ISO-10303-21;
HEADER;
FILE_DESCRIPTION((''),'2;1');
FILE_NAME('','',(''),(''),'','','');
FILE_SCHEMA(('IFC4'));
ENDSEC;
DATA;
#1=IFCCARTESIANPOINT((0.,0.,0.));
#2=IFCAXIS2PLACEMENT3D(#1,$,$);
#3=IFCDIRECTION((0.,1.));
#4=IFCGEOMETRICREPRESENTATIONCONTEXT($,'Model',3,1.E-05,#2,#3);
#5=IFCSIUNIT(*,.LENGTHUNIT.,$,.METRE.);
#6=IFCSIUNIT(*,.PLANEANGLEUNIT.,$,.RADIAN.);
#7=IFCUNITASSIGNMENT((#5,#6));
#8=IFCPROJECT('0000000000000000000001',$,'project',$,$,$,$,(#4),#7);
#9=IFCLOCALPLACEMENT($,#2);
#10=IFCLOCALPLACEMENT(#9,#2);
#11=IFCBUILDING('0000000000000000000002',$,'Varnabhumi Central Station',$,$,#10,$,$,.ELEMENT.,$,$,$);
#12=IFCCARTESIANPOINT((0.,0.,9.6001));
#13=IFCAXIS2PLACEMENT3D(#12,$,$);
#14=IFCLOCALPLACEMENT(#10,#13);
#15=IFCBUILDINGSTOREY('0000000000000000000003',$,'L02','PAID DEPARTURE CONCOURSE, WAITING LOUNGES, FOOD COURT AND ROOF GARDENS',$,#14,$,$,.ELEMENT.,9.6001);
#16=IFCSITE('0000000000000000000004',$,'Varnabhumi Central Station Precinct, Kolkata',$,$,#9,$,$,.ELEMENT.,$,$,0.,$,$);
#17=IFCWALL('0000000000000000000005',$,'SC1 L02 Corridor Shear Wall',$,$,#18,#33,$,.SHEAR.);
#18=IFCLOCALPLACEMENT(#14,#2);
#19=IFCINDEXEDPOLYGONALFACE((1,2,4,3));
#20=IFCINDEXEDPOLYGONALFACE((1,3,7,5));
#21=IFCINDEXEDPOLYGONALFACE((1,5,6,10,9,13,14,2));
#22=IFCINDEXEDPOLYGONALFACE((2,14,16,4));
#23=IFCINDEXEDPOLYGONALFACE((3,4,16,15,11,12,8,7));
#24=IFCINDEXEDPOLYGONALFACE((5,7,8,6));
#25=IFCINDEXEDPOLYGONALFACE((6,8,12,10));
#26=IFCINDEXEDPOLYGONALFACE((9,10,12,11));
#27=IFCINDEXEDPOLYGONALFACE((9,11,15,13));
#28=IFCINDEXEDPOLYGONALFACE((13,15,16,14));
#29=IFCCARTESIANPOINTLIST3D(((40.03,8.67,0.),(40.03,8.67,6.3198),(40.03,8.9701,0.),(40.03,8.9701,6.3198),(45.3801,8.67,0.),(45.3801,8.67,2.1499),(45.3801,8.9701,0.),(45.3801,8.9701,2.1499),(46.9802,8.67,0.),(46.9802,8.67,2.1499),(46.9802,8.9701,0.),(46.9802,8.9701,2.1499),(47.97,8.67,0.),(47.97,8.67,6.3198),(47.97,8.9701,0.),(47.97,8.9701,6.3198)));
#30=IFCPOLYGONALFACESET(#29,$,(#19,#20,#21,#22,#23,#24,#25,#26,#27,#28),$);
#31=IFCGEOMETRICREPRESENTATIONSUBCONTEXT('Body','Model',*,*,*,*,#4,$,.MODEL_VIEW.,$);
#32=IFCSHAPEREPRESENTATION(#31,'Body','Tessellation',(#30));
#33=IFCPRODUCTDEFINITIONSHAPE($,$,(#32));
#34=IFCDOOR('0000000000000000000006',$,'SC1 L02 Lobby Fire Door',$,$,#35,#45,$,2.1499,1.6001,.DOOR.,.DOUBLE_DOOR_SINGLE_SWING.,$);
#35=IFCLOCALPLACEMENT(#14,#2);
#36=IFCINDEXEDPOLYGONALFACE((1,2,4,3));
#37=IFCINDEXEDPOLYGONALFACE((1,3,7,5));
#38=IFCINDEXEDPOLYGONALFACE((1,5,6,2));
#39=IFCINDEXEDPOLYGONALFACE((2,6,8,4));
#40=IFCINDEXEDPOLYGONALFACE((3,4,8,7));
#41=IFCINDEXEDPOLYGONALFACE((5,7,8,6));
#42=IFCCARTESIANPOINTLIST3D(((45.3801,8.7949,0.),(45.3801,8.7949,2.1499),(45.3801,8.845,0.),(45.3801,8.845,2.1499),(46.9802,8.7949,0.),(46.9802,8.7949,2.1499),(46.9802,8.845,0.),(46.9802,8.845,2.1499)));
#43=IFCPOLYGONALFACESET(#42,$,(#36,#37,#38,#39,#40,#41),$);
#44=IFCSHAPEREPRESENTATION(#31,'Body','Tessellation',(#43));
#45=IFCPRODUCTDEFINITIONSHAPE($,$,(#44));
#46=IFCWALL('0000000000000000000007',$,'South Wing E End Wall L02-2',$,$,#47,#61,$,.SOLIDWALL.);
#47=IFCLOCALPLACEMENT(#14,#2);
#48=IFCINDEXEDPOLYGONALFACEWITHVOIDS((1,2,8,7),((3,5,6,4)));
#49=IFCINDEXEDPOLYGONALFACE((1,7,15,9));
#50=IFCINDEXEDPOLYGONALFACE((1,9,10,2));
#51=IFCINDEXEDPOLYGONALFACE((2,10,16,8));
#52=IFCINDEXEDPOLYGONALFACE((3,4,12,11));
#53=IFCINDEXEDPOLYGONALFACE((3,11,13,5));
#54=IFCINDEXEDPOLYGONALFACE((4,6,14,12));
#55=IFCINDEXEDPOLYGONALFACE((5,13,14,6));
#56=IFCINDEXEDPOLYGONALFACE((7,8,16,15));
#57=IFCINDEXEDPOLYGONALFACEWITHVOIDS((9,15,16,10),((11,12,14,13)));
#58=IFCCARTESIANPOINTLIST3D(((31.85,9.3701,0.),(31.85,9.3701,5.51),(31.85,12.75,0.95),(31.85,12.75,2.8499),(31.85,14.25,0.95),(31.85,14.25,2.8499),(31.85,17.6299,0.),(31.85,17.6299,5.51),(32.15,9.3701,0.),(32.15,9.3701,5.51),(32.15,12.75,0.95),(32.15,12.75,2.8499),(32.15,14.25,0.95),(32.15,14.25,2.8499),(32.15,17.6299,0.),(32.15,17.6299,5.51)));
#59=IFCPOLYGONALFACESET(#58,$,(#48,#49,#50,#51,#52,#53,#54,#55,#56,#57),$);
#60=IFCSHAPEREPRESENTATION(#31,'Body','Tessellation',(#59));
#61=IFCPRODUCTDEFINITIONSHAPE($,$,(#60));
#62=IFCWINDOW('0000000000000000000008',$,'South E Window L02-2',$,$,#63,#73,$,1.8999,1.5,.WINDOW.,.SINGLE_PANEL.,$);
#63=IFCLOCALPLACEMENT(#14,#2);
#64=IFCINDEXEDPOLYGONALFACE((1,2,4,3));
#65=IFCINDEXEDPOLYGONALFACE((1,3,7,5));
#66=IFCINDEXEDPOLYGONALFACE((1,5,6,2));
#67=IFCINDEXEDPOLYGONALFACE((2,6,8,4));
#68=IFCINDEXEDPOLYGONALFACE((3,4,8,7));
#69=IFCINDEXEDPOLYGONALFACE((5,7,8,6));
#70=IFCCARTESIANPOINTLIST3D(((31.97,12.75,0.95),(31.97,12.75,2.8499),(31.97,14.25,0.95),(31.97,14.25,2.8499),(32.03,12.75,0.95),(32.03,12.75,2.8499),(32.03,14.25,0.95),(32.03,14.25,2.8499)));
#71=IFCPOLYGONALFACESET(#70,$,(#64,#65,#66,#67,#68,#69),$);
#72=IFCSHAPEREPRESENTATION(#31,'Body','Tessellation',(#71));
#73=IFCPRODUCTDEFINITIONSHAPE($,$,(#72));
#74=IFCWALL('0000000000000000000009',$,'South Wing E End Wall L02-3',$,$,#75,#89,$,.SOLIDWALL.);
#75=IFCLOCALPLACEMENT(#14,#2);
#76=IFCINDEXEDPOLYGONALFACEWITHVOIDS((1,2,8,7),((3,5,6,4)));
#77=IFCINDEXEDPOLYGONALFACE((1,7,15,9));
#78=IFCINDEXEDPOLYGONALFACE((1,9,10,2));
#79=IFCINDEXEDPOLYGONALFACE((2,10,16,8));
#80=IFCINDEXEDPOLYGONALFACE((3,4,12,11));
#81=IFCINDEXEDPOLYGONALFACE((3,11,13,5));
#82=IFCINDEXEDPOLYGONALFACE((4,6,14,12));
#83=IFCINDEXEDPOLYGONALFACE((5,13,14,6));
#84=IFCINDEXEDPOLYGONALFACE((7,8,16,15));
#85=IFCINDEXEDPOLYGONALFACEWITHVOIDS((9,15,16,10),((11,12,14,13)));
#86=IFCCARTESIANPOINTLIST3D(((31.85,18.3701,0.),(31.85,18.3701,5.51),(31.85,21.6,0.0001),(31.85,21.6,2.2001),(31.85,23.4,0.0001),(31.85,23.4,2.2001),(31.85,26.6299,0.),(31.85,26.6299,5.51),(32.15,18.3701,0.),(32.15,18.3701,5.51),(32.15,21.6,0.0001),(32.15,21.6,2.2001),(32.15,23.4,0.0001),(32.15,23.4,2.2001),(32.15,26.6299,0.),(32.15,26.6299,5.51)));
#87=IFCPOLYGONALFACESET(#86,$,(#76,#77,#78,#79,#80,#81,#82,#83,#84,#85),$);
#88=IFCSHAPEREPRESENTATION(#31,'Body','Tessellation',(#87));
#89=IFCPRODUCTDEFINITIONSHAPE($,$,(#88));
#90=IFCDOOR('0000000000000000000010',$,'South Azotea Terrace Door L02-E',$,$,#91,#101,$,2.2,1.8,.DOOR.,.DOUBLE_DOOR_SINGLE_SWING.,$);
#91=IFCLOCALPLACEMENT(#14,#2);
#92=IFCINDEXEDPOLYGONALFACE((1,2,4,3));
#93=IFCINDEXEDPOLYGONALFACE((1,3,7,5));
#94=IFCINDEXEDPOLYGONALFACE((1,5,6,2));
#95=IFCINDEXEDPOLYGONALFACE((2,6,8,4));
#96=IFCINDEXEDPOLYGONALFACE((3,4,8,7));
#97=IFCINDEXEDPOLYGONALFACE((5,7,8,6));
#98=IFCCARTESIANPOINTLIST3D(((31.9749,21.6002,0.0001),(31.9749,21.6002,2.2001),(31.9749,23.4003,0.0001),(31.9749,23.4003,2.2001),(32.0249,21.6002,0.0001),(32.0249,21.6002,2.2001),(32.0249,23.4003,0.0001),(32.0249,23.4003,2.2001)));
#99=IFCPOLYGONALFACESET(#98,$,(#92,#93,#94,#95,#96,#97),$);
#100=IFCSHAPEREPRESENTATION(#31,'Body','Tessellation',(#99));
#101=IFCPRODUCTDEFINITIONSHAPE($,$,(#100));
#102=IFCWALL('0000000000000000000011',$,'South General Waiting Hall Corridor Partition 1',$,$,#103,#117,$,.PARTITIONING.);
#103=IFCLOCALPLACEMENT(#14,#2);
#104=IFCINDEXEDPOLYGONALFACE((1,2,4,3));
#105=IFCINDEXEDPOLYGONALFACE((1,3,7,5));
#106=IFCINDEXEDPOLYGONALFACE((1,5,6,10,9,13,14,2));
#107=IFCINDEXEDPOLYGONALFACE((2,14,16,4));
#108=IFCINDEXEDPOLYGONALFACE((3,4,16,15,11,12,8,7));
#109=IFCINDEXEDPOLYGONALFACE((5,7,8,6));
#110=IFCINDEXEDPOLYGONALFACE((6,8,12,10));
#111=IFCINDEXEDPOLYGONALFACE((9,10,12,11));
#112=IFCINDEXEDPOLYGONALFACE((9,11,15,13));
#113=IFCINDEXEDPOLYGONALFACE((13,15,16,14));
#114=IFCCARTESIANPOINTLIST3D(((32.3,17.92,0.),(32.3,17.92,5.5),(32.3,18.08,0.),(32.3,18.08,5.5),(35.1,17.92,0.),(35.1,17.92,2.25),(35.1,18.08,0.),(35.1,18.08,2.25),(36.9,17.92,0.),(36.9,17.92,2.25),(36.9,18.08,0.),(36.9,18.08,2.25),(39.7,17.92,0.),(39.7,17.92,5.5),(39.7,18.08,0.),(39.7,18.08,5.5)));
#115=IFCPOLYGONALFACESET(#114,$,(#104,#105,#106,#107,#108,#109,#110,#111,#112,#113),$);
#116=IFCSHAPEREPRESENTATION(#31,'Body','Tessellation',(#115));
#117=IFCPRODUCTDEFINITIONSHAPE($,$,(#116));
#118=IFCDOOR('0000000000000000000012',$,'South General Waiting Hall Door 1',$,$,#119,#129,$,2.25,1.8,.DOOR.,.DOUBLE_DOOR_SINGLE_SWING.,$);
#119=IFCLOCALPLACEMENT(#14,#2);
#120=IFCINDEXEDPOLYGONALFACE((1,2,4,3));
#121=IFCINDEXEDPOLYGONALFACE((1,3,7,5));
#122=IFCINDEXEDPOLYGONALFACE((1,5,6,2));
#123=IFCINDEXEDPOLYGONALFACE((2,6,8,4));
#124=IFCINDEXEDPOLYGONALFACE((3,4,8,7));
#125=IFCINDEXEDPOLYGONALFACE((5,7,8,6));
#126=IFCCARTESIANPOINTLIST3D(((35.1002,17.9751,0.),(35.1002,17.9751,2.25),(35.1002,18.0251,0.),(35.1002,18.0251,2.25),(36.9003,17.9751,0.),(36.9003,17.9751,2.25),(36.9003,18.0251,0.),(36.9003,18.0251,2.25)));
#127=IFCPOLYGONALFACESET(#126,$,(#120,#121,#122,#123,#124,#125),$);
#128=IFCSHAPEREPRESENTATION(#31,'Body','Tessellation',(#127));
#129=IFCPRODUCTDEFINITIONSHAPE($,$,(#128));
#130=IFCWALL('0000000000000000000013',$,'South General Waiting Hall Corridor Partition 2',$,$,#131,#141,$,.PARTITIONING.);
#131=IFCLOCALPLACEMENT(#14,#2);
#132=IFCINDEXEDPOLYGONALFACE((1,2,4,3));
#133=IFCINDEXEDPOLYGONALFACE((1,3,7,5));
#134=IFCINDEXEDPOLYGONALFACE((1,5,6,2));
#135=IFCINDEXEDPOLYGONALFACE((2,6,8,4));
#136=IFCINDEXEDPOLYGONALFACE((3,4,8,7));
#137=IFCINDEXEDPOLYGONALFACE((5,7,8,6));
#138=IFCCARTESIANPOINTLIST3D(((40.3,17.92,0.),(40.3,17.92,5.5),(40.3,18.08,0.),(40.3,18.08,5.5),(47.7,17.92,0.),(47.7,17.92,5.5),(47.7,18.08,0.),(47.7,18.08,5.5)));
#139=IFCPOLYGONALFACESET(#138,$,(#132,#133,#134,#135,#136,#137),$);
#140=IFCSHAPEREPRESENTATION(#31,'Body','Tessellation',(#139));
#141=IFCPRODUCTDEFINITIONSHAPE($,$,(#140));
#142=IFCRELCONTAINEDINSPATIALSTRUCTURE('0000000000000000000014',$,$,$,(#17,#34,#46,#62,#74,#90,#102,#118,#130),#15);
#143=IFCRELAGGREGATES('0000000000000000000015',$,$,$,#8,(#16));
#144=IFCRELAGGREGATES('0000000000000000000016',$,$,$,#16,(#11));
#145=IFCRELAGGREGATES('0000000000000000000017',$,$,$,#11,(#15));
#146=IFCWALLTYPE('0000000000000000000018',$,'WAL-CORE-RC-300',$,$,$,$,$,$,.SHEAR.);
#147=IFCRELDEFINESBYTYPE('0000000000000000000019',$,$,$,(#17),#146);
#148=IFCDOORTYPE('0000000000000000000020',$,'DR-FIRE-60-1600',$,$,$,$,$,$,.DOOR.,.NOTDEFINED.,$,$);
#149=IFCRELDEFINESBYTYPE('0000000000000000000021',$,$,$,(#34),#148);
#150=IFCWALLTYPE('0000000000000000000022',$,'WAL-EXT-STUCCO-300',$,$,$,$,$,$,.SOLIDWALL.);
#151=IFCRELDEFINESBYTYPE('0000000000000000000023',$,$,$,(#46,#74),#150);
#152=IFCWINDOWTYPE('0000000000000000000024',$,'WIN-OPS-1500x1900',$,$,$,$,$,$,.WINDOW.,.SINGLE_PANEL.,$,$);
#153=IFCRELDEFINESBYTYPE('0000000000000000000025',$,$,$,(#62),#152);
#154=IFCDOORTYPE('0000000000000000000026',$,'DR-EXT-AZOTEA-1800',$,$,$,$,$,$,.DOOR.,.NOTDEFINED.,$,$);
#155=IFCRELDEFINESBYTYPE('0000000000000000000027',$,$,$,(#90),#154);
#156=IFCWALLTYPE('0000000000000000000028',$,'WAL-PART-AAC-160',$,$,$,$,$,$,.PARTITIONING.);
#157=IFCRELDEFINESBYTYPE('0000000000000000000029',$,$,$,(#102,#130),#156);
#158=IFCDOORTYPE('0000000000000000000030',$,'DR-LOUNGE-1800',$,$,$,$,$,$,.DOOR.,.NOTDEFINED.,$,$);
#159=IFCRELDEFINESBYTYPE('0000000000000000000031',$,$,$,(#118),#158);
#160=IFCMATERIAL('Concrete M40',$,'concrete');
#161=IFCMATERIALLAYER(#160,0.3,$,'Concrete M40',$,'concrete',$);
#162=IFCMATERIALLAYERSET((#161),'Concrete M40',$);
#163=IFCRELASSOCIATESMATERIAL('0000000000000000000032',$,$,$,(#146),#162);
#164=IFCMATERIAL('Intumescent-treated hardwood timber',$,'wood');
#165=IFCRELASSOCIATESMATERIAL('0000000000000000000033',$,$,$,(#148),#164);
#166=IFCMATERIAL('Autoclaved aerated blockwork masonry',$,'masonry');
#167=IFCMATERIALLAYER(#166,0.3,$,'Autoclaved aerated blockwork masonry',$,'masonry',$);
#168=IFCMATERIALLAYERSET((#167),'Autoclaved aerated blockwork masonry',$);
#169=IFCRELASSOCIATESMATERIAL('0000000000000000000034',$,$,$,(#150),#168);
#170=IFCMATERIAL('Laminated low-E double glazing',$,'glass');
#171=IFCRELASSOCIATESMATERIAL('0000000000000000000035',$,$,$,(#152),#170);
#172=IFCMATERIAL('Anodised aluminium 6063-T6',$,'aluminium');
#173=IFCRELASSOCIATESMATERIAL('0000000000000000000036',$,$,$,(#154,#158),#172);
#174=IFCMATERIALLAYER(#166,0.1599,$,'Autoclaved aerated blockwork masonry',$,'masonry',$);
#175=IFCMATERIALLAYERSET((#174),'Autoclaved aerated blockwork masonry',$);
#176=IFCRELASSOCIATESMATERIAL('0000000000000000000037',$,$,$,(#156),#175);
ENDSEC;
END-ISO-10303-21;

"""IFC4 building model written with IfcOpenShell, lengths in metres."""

from ifc_helpers import new_model, si_unit, direction, frame, frame_2d, origin, place, context, subcontext, project, spatial, rectangle, extrude, material, layer, layer_set, type_object, element, fill, save


model = new_model("IFC4")

# Units and contexts
model_context = context("Model", 3, precision=1e-05, world=origin(), true_north=direction((0.0, 1.0)))
body_context = subcontext(model_context, "Body", "Model", "MODEL_VIEW")
ifc_project = project(units=[si_unit("LENGTHUNIT", "METRE"), si_unit("PLANEANGLEUNIT", "RADIAN")], contexts=[model_context])

# Site, building, storey
site_placement = place(None, origin())
site = spatial("IfcSite", under=ifc_project, at=site_placement, Name="Varnabhumi Central Station Precinct, Kolkata", CompositionType="ELEMENT", RefElevation=0.0)
building_placement = place(site_placement, origin())
building = spatial("IfcBuilding", under=site, at=building_placement, Name="Varnabhumi Central Station", CompositionType="ELEMENT")
storey_placement = place(building_placement, frame((0.0, 0.0, 9.6001)))
storey = spatial("IfcBuildingStorey", under=building, at=storey_placement, Name="L02", Description="PAID DEPARTURE CONCOURSE, WAITING LOUNGES, FOOD COURT AND ROOF GARDENS", CompositionType="ELEMENT", Elevation=9.6001)

# Shared definitions
ifc_material_1 = material(Name="Concrete M40", Category="concrete")

# Wall, opening, door
ifc_layer_1 = layer(ifc_material_1, 0.3, Name="Concrete M40", Category="concrete")
ifc_layer_set_1 = layer_set([ifc_layer_1], Name="Concrete M40")
wall_type_1 = type_object("IfcWallType", Name="WAL-CORE-RC-300", PredefinedType="SHEAR", material=ifc_layer_set_1)
wall_1_placement = place(storey_placement, frame((40.03, 8.8201, 0.0), z_axis=(0.0, 0.0, 1.0), x_axis=(1.0, 0.0, 0.0)))
wall_1 = element("IfcWall", 1, at=wall_1_placement, inside=storey, type_object=wall_type_1, Name="SC1 L02 Corridor Shear Wall", PredefinedType="SHEAR", context=body_context, shape_type="SweptSolid", body=[
    extrude(rectangle(XDim=7.9399, YDim=0.3, at=frame_2d((3.97, 0.0))), origin(), (0.0, 0.0, 1.0), 6.3198),
])
opening_1_placement = place(wall_1_placement, frame((5.3501, 0.0, 0.0)))
opening_1 = element("IfcOpeningElement", 2, at=opening_1_placement, cuts=wall_1, PredefinedType="OPENING", context=body_context, shape_type="SweptSolid", body=[
    extrude(rectangle(XDim=1.6001, YDim=2.1499, at=frame_2d((0.8, 1.075))), frame((0.0, 0.1599, 0.0), z_axis=(0.0, -1.0, 0.0), x_axis=(1.0, 0.0, 0.0)), (0.0, 0.0, 1.0), 0.3201),
])
ifc_material_2 = material(Name="Intumescent-treated hardwood timber", Category="wood")
door_type_1 = type_object("IfcDoorType", Name="DR-FIRE-60-1600", OperationType="NOTDEFINED", PredefinedType="DOOR", material=ifc_material_2)
door_1_placement = place(opening_1_placement, origin())
door_1 = element("IfcDoor", 3, at=door_1_placement, inside=storey, type_object=door_type_1, Name="SC1 L02 Lobby Fire Door", OperationType="DOUBLE_DOOR_SINGLE_SWING", OverallHeight=2.1499, OverallWidth=1.6001, PredefinedType="DOOR", context=body_context, shape_type="SweptSolid", body=[
    extrude(rectangle(XDim=1.6001, YDim=2.1499, at=frame_2d((0.8, 1.075))), frame((0.0, 0.0249, 0.0), z_axis=(0.0, -1.0, 0.0), x_axis=(1.0, 0.0, 0.0)), (0.0, 0.0, 1.0), 0.05),
])
fill(opening_1, door_1)

# Wall, opening, window
ifc_material_3 = material(Name="Autoclaved aerated blockwork masonry", Category="masonry")
ifc_layer_2 = layer(ifc_material_3, 0.3, Name="Autoclaved aerated blockwork masonry", Category="masonry")
ifc_layer_set_2 = layer_set([ifc_layer_2], Name="Autoclaved aerated blockwork masonry")
wall_type_2 = type_object("IfcWallType", Name="WAL-EXT-STUCCO-300", PredefinedType="SOLIDWALL", material=ifc_layer_set_2)
wall_2_placement = place(storey_placement, frame((32.0, 9.3701, 0.0), z_axis=(0.0, 0.0, 1.0), x_axis=(0.0, 1.0, 0.0)))
wall_2 = element("IfcWall", 4, at=wall_2_placement, inside=storey, type_object=wall_type_2, Name="South Wing E End Wall L02-2", PredefinedType="SOLIDWALL", context=body_context, shape_type="SweptSolid", body=[
    extrude(rectangle(XDim=8.2598, YDim=0.3, at=frame_2d((4.1299, 0.0))), origin(), (0.0, 0.0, 1.0), 5.51),
])
opening_2_placement = place(wall_2_placement, frame((3.3799, 0.0, 0.95)))
opening_2 = element("IfcOpeningElement", 5, at=opening_2_placement, cuts=wall_2, PredefinedType="OPENING", context=body_context, shape_type="SweptSolid", body=[
    extrude(rectangle(XDim=1.5, YDim=1.8999, at=frame_2d((0.75, 0.95))), frame((0.0, 0.1599, 0.0), z_axis=(0.0, -1.0, 0.0), x_axis=(1.0, 0.0, 0.0)), (0.0, 0.0, 1.0), 0.3201),
])
ifc_material_4 = material(Name="Laminated low-E double glazing", Category="glass")
window_type = type_object("IfcWindowType", Name="WIN-OPS-1500x1900", PartitioningType="SINGLE_PANEL", PredefinedType="WINDOW", material=ifc_material_4)
window_placement = place(opening_2_placement, origin())
window = element("IfcWindow", 6, at=window_placement, inside=storey, type_object=window_type, Name="South E Window L02-2", OverallHeight=1.8999, OverallWidth=1.5, PartitioningType="SINGLE_PANEL", PredefinedType="WINDOW", context=body_context, shape_type="SweptSolid", body=[
    extrude(rectangle(XDim=1.5, YDim=1.8999, at=frame_2d((0.75, 0.95))), frame((0.0, 0.03, 0.0), z_axis=(0.0, -1.0, 0.0), x_axis=(1.0, 0.0, 0.0)), (0.0, 0.0, 1.0), 0.0601),
])
fill(opening_2, window)

# Walls, openings, doors
wall_3_placement = place(storey_placement, frame((32.0, 18.3701, 0.0), z_axis=(0.0, 0.0, 1.0), x_axis=(0.0, 1.0, 0.0)))
wall_3 = element("IfcWall", 7, at=wall_3_placement, inside=storey, type_object=wall_type_2, Name="South Wing E End Wall L02-3", PredefinedType="SOLIDWALL", context=body_context, shape_type="SweptSolid", body=[
    extrude(rectangle(XDim=8.2598, YDim=0.3, at=frame_2d((4.1299, 0.0))), origin(), (0.0, 0.0, 1.0), 5.51),
])
opening_3_placement = place(wall_3_placement, frame((3.23, 0.0, 0.0)))
opening_3 = element("IfcOpeningElement", 8, at=opening_3_placement, cuts=wall_3, PredefinedType="OPENING", context=body_context, shape_type="SweptSolid", body=[
    extrude(rectangle(XDim=1.8, YDim=2.2, at=frame_2d((0.8999, 1.1001))), frame((0.0, 0.1599, 0.0), z_axis=(0.0, -1.0, 0.0), x_axis=(1.0, 0.0, 0.0)), (0.0, 0.0, 1.0), 0.3201),
])
ifc_material_5 = material(Name="Anodised aluminium 6063-T6", Category="aluminium")
door_type_2 = type_object("IfcDoorType", Name="DR-EXT-AZOTEA-1800", OperationType="NOTDEFINED", PredefinedType="DOOR", material=ifc_material_5)
door_2_placement = place(opening_3_placement, frame((1.8, 0.0, 0.0), z_axis=(0.0, 0.0, 1.0), x_axis=(-1.0, 0.0, 0.0)))
door_2 = element("IfcDoor", 9, at=door_2_placement, inside=storey, type_object=door_type_2, Name="South Azotea Terrace Door L02-E", OperationType="DOUBLE_DOOR_SINGLE_SWING", OverallHeight=2.2, OverallWidth=1.8, PredefinedType="DOOR", context=body_context, shape_type="SweptSolid", body=[
    extrude(rectangle(XDim=1.8, YDim=2.2, at=frame_2d((0.8999, 1.1001))), frame((0.0, 0.0249, 0.0), z_axis=(0.0, -1.0, 0.0), x_axis=(1.0, 0.0, 0.0)), (0.0, 0.0, 1.0), 0.05),
])
fill(opening_3, door_2)
ifc_layer_3 = layer(ifc_material_3, 0.1599, Name="Autoclaved aerated blockwork masonry", Category="masonry")
ifc_layer_set_3 = layer_set([ifc_layer_3], Name="Autoclaved aerated blockwork masonry")
wall_type_3 = type_object("IfcWallType", Name="WAL-PART-AAC-160", PredefinedType="PARTITIONING", material=ifc_layer_set_3)
wall_4_placement = place(storey_placement, frame((32.3, 18.0, 0.0), z_axis=(0.0, 0.0, 1.0), x_axis=(1.0, 0.0, 0.0)))
wall_4 = element("IfcWall", 10, at=wall_4_placement, inside=storey, type_object=wall_type_3, Name="South General Waiting Hall Corridor Partition 1", PredefinedType="PARTITIONING", context=body_context, shape_type="SweptSolid", body=[
    extrude(rectangle(XDim=7.3999, YDim=0.1599, at=frame_2d((3.7, 0.0))), origin(), (0.0, 0.0, 1.0), 5.5),
])
opening_4_placement = place(wall_4_placement, frame((2.8, 0.0, 0.0)))
opening_4 = element("IfcOpeningElement", 11, at=opening_4_placement, cuts=wall_4, PredefinedType="OPENING", context=body_context, shape_type="SweptSolid", body=[
    extrude(rectangle(XDim=1.8, YDim=2.25, at=frame_2d((0.8999, 1.125))), frame((0.0, 0.0898, 0.0), z_axis=(0.0, -1.0, 0.0), x_axis=(1.0, 0.0, 0.0)), (0.0, 0.0, 1.0), 0.1799),
])
door_type_3 = type_object("IfcDoorType", Name="DR-LOUNGE-1800", OperationType="NOTDEFINED", PredefinedType="DOOR", material=ifc_material_5)
door_3_placement = place(opening_4_placement, frame((1.8, 0.0, 0.0), z_axis=(0.0, 0.0, 1.0), x_axis=(-1.0, 0.0, 0.0)))
door_3 = element("IfcDoor", 12, at=door_3_placement, inside=storey, type_object=door_type_3, Name="South General Waiting Hall Door 1", OperationType="DOUBLE_DOOR_SINGLE_SWING", OverallHeight=2.25, OverallWidth=1.8, PredefinedType="DOOR", context=body_context, shape_type="SweptSolid", body=[
    extrude(rectangle(XDim=1.8, YDim=2.25, at=frame_2d((0.8999, 1.125))), frame((0.0, 0.0249, 0.0), z_axis=(0.0, -1.0, 0.0), x_axis=(1.0, 0.0, 0.0)), (0.0, 0.0, 1.0), 0.05),
])
fill(opening_4, door_3)

# Wall
wall_5_placement = place(storey_placement, frame((40.3, 18.0, 0.0), z_axis=(0.0, 0.0, 1.0), x_axis=(1.0, 0.0, 0.0)))
element("IfcWall", 13, at=wall_5_placement, inside=storey, type_object=wall_type_3, Name="South General Waiting Hall Corridor Partition 2", PredefinedType="PARTITIONING", context=body_context, shape_type="SweptSolid", body=[
    extrude(rectangle(XDim=7.3999, YDim=0.1599, at=frame_2d((3.7, 0.0))), origin(), (0.0, 0.0, 1.0), 5.5),
])

save(model, "model.ifc")
